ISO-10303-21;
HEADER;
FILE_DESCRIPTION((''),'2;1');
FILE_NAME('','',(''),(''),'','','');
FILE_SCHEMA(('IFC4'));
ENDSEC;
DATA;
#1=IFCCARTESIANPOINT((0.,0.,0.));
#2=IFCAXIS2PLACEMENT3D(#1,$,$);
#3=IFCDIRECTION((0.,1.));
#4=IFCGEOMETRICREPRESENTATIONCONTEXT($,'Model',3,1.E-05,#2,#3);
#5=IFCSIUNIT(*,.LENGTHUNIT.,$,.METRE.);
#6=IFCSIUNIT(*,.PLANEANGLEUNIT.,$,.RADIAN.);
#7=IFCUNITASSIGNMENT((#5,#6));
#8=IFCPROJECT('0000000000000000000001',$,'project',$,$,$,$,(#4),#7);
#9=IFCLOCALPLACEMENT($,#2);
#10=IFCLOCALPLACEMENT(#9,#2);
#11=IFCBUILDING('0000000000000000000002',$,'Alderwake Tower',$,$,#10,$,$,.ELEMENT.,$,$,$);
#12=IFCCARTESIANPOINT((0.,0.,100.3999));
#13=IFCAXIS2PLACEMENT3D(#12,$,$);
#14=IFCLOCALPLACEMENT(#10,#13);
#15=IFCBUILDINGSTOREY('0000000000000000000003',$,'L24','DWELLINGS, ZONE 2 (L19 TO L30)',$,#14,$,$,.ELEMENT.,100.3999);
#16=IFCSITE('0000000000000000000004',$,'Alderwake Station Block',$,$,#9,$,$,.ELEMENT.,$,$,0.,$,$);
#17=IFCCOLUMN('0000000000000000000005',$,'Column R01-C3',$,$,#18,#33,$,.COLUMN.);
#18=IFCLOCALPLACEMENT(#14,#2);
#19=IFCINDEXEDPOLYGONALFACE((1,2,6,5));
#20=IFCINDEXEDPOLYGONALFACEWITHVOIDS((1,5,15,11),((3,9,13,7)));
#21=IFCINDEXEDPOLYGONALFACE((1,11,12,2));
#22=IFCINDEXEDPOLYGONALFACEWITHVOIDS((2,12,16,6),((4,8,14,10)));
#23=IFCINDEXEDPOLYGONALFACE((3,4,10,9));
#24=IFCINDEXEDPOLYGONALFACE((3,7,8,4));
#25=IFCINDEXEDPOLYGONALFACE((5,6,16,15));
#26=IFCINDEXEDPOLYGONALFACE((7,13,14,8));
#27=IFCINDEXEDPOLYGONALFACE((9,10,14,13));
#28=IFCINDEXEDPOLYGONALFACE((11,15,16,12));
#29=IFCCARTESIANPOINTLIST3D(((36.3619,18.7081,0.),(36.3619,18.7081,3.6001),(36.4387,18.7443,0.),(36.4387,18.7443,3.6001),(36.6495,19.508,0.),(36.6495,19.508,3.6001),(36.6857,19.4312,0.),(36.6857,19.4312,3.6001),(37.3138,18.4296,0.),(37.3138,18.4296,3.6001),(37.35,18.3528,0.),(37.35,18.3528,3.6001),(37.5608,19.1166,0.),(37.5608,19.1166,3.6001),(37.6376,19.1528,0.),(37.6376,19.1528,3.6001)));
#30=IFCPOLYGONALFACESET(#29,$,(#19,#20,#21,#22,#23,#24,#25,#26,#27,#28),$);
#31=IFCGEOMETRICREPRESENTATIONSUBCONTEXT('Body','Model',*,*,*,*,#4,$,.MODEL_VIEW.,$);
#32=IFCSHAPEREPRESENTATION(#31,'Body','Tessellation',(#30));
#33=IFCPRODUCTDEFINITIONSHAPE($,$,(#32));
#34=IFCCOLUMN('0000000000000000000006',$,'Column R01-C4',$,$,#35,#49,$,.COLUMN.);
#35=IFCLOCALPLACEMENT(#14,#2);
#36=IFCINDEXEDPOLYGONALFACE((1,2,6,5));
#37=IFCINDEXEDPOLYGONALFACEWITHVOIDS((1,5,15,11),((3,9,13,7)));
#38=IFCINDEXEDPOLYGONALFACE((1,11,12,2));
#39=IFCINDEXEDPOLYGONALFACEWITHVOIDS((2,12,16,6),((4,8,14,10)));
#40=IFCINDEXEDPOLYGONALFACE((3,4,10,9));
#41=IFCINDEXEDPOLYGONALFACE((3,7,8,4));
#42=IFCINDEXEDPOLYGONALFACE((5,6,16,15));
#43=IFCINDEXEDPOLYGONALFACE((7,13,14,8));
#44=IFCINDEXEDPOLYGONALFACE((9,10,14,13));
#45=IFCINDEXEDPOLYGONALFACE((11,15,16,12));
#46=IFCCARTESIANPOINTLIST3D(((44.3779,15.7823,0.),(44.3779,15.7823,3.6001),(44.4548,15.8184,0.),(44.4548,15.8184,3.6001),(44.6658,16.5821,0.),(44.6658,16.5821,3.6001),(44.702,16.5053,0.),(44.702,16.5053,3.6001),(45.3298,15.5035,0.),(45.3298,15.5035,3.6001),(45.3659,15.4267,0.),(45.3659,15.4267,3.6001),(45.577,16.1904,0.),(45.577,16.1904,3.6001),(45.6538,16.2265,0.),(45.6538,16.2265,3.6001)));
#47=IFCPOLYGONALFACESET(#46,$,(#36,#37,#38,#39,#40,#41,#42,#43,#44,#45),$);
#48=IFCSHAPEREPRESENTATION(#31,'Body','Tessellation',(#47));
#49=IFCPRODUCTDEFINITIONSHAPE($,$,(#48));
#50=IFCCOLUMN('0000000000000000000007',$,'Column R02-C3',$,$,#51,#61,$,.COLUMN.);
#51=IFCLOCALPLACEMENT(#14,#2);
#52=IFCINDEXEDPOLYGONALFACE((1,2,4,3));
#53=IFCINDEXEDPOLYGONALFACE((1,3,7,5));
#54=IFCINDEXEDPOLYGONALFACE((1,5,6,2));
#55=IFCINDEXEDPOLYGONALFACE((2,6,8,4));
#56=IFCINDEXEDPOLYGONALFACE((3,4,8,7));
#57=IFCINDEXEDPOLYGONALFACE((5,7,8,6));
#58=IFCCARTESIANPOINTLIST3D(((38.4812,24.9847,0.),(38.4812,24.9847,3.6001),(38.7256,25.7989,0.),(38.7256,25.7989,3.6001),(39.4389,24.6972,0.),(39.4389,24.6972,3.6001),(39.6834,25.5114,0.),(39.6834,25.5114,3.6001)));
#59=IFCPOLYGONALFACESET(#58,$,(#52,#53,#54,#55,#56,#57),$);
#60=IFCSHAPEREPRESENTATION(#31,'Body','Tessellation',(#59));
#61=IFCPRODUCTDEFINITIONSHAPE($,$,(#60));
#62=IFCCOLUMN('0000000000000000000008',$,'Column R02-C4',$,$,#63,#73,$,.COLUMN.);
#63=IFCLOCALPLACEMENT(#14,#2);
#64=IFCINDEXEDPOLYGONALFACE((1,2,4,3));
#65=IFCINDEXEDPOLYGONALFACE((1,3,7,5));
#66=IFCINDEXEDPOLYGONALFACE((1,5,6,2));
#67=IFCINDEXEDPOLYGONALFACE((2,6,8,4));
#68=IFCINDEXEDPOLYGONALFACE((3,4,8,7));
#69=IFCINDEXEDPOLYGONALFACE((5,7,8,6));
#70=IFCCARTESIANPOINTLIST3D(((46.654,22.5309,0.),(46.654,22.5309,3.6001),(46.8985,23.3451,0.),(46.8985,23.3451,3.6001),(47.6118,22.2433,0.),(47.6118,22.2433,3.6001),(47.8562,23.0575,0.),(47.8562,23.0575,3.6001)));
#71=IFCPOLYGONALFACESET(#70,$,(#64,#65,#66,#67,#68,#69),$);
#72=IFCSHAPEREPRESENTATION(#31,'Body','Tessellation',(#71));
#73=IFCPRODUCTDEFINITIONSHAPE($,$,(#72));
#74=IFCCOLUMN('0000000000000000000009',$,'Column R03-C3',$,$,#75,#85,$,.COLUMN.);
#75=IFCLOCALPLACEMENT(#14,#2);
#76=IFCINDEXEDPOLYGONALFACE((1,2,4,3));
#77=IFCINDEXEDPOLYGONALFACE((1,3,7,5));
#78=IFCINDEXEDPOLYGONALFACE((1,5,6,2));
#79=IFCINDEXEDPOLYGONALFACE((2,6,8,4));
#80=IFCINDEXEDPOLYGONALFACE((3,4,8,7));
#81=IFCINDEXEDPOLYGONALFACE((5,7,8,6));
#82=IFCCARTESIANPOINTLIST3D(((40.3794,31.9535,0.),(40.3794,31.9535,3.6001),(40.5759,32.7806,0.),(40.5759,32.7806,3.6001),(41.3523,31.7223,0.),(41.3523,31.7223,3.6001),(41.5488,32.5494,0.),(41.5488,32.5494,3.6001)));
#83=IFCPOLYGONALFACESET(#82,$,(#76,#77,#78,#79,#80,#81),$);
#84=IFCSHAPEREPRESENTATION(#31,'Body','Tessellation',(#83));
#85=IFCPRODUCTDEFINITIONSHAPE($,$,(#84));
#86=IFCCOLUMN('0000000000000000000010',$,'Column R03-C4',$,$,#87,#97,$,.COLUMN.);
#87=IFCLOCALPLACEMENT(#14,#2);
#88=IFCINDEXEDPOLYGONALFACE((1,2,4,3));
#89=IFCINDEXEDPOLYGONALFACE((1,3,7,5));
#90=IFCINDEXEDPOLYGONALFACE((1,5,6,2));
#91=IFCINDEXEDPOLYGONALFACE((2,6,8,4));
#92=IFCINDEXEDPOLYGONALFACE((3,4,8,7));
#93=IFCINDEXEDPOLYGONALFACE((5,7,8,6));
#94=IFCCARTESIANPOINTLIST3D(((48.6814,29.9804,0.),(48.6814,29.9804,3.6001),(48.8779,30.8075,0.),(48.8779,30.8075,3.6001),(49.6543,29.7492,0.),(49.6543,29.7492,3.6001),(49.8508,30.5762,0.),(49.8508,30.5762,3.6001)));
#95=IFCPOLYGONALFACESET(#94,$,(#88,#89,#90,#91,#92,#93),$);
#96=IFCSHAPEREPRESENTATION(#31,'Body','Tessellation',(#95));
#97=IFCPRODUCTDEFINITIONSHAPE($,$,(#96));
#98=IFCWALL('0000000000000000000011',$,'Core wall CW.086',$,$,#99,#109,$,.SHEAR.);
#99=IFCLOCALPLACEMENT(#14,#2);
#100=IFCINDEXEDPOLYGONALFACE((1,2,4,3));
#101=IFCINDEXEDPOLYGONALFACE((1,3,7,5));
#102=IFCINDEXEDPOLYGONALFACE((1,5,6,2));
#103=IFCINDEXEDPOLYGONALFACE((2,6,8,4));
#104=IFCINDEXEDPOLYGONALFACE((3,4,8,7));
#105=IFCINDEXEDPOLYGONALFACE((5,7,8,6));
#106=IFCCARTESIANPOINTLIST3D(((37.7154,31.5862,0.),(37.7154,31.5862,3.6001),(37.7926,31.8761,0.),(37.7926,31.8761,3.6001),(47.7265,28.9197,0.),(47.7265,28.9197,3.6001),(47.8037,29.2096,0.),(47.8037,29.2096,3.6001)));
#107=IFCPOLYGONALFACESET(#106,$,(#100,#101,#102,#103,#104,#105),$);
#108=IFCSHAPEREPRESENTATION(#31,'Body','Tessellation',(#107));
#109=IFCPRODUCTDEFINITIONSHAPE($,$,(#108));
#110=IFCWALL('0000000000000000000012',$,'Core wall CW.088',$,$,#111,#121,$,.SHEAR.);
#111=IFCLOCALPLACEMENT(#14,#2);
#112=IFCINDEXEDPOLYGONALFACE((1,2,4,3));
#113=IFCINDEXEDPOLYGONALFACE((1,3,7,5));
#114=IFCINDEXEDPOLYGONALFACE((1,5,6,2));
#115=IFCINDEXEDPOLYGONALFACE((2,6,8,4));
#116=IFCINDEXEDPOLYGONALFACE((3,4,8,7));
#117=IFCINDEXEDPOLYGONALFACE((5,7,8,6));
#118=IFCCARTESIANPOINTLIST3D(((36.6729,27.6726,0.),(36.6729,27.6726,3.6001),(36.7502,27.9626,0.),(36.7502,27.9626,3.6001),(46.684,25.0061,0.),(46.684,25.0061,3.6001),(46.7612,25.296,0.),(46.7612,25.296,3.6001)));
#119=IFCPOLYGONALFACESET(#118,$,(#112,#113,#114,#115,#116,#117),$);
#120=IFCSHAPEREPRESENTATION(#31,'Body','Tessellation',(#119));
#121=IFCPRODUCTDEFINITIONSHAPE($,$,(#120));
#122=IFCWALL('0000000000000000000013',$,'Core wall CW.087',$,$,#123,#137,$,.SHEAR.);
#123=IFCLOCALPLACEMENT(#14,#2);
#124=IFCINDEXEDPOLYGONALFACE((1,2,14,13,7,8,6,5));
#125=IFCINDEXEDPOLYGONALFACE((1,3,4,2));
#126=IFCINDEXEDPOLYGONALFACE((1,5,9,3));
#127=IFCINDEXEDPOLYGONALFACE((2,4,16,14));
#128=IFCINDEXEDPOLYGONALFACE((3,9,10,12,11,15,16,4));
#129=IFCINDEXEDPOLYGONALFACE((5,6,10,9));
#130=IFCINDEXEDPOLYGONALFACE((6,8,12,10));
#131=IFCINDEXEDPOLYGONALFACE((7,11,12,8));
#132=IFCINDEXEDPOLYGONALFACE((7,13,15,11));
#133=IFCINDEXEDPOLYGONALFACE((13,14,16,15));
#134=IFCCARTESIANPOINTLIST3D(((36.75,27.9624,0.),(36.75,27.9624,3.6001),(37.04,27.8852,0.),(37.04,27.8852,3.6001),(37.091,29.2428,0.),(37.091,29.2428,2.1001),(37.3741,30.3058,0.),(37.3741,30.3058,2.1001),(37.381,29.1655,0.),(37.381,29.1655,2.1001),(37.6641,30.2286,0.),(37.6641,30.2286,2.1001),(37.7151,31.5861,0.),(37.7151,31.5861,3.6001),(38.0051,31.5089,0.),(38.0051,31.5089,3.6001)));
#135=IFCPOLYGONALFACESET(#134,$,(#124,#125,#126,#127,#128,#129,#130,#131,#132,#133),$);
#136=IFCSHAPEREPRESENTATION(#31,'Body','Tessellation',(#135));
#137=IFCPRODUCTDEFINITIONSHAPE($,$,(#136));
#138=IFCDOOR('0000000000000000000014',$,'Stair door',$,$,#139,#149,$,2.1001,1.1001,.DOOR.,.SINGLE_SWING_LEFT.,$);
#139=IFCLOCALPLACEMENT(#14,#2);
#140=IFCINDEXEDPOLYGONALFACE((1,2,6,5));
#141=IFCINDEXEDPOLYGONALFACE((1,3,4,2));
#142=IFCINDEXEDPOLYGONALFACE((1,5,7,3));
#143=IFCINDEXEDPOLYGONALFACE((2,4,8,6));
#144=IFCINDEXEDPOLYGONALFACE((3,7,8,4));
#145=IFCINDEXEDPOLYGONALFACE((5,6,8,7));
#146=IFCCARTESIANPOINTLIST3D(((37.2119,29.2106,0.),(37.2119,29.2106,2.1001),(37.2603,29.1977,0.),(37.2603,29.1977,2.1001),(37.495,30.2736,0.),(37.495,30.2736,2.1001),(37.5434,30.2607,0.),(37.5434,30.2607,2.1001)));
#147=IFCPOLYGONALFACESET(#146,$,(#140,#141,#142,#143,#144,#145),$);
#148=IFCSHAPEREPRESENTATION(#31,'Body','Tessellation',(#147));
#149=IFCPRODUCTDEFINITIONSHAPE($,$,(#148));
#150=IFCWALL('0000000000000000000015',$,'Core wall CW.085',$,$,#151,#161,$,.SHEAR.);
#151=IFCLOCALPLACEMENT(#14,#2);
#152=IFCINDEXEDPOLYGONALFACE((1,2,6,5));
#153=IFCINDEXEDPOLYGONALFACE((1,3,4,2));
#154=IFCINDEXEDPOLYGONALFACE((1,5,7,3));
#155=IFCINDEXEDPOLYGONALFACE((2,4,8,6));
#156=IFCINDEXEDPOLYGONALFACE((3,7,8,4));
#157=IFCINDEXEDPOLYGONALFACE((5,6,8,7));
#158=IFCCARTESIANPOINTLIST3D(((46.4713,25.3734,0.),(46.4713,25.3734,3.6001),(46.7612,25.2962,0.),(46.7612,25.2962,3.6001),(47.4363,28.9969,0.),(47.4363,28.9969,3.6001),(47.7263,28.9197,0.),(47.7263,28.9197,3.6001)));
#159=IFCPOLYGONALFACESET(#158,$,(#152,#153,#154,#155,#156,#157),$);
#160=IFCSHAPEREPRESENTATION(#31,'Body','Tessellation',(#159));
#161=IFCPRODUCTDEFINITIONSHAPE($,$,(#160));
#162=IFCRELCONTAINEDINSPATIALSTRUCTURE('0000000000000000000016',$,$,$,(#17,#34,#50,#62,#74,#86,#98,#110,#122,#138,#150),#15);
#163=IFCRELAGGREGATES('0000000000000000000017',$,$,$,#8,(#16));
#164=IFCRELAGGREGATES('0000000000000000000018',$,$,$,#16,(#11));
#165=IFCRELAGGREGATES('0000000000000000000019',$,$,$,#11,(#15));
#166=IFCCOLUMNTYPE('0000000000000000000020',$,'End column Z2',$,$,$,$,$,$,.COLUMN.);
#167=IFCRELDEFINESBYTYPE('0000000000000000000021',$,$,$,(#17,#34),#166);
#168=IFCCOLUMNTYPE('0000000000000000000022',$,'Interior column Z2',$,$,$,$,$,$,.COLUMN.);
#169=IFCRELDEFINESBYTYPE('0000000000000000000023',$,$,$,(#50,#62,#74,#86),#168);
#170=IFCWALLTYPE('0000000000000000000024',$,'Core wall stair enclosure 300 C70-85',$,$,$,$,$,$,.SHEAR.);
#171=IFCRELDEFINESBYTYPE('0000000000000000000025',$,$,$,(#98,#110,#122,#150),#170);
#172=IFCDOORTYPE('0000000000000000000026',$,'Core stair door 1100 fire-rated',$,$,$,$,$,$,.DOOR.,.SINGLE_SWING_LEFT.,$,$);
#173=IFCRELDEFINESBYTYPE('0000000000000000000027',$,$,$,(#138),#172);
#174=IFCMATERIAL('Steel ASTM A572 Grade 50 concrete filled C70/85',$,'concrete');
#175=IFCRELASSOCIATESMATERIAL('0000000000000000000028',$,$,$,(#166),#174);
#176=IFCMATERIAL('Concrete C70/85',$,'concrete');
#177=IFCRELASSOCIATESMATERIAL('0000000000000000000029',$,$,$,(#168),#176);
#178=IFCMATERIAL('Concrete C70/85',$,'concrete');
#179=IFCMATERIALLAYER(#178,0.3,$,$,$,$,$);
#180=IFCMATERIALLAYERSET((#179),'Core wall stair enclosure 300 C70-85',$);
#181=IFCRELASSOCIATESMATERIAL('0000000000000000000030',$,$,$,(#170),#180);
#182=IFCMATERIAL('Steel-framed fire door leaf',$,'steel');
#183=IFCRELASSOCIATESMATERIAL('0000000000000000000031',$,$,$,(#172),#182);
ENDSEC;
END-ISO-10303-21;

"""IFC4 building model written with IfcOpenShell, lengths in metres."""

from ifc_helpers import new_model, si_unit, direction, frame, frame_2d, origin, origin_2d, place, context, subcontext, project, spatial, rectangle, hollow_rectangle, extrude, material, layer, layer_set, material_profile, profile_set, type_object, element, fill, save


model = new_model("IFC4")

# Units and contexts
model_context = context("Model", 3, precision=1e-05, world=origin(), true_north=direction((0.0, 1.0)))
body_context = subcontext(model_context, "Body", "Model", "MODEL_VIEW")
ifc_project = project(units=[si_unit("LENGTHUNIT", "METRE"), si_unit("PLANEANGLEUNIT", "RADIAN")], contexts=[model_context])

# Site, building, storey
site_placement = place(None, origin())
site = spatial("IfcSite", under=ifc_project, at=site_placement, Name="Alderwake Station Block", CompositionType="ELEMENT", RefElevation=0.0)
building_placement = place(site_placement, origin())
building = spatial("IfcBuilding", under=site, at=building_placement, Name="Alderwake Tower", CompositionType="ELEMENT")
storey_placement = place(building_placement, frame((0.0, 0.0, 100.3999)))
storey = spatial("IfcBuildingStorey", under=building, at=storey_placement, Name="L24", Description="DWELLINGS, ZONE 2 (L19 TO L30)", CompositionType="ELEMENT", Elevation=100.3999)

# Columns
ifc_material_1 = material(Name="Steel ASTM A572 Grade 50 concrete filled C70/85", Category="concrete")
ifc_material_profile_1 = material_profile(ifc_material_1, hollow_rectangle(XDim=0.8501, YDim=1.05, WallThickness=0.0601, at=origin_2d()), Name="BOX 1050X850X60")
ifc_profile_set_1 = profile_set([ifc_material_profile_1], Name="Steel ASTM A572 Grade 50 concrete filled C70/85")
column_type_1 = type_object("IfcColumnType", Name="End column Z2", PredefinedType="COLUMN", material=ifc_profile_set_1)
for number, where, z_axis, x_axis, name in (
    (1, (36.9998, 18.9304, 0.0), (0.0, 0.0, 1.0), (0.33836, 0.941017, 0.0), "Column R01-C3"),
    (2, (45.0159, 16.0044, 0.0), (0.0, 0.0, 1.0), (0.338653, 0.940912, 0.0), "Column R01-C4"),
):
    element("IfcColumn", number, at=place(storey_placement, frame(where, z_axis=z_axis, x_axis=x_axis)), inside=storey, type_object=column_type_1, Name=name, PredefinedType="COLUMN", context=body_context, shape_type="SweptSolid", body=[
        extrude(hollow_rectangle(XDim=0.8501, YDim=1.05, WallThickness=0.0601, at=origin_2d()), origin(), (0.0, 0.0, 1.0), 3.6001),
    ])
ifc_material_2 = material(Name="Concrete C70/85", Category="concrete")
ifc_material_profile_2 = material_profile(ifc_material_2, rectangle(XDim=0.8501, YDim=1.0, at=origin_2d()), Name="RC 1000X850")
ifc_profile_set_2 = profile_set([ifc_material_profile_2], Name="Concrete C70/85")
column_type_2 = type_object("IfcColumnType", Name="Interior column Z2", PredefinedType="COLUMN", material=ifc_profile_set_2)
for number, where, z_axis, x_axis, name in (
    (3, (39.0823, 25.248, 0.0), (0.0, 0.0, 1.0), (0.287549, 0.957766, 0.0), "Column R02-C3"),
    (4, (47.2551, 22.7942, 0.0), (0.0, 0.0, 1.0), (0.287549, 0.957766, 0.0), "Column R02-C4"),
    (5, (40.9641, 32.2515, 0.0), (0.0, 0.0, 1.0), (0.231222, 0.972901, 0.0), "Column R03-C3"),
    (6, (49.2661, 30.2783, 0.0), (0.0, 0.0, 1.0), (0.231222, 0.972901, 0.0), "Column R03-C4"),
):
    element("IfcColumn", number, at=place(storey_placement, frame(where, z_axis=z_axis, x_axis=x_axis)), inside=storey, type_object=column_type_2, Name=name, PredefinedType="COLUMN", context=body_context, shape_type="SweptSolid", body=[
        extrude(rectangle(XDim=0.8501, YDim=1.0, at=origin_2d()), origin(), (0.0, 0.0, 1.0), 3.6001),
    ])

# Walls
ifc_material_3 = material(Name="Concrete C70/85", Category="concrete")
ifc_layer_1 = layer(ifc_material_3, 0.3)
ifc_layer_set_1 = layer_set([ifc_layer_1], Name="Core wall stair enclosure 300 C70-85")
wall_type_1 = type_object("IfcWallType", Name="Core wall stair enclosure 300 C70-85", PredefinedType="SHEAR", material=ifc_layer_set_1)
for number, where, z_axis, x_axis, name in (
    (7, (37.7539, 31.7312, 0.0), (0.0, 0.0, 1.0), (0.966309, -0.257384, 0.0), "Core wall CW.086"),
    (8, (36.7114, 27.8176, 0.0), (0.0, 0.0, 1.0), (0.966309, -0.257384, 0.0), "Core wall CW.088"),
):
    element("IfcWall", number, at=place(storey_placement, frame(where, z_axis=z_axis, x_axis=x_axis)), inside=storey, type_object=wall_type_1, Name=name, PredefinedType="SHEAR", context=body_context, shape_type="SweptSolid", body=[
        extrude(rectangle(XDim=10.3601, YDim=0.3, at=frame_2d((5.1802, 0.0))), origin(), (0.0, 0.0, 1.0), 3.6001),
    ])

# Wall, opening, door
wall_1_placement = place(storey_placement, frame((36.895, 27.9238, 0.0), z_axis=(0.0, 0.0, 1.0), x_axis=(0.257351, 0.966318, 0.0)))
wall_1 = element("IfcWall", 9, at=wall_1_placement, inside=storey, type_object=wall_type_1, Name="Core wall CW.087", PredefinedType="SHEAR", context=body_context, shape_type="SweptSolid", body=[
    extrude(rectangle(XDim=3.75, YDim=0.3, at=frame_2d((1.875, 0.0))), origin(), (0.0, 0.0, 1.0), 3.6001),
])
opening_1_placement = place(wall_1_placement, frame((1.325, 0.0, 0.0)))
opening_1 = element("IfcOpeningElement", 10, at=opening_1_placement, cuts=wall_1, PredefinedType="OPENING", context=body_context, shape_type="SweptSolid", body=[
    extrude(rectangle(XDim=1.1001, YDim=2.1001, at=frame_2d((0.55, 1.05))), frame((0.0, 0.1599, 0.0), z_axis=(0.0, -1.0, 0.0), x_axis=(1.0, 0.0, 0.0)), (0.0, 0.0, 1.0), 0.3201),
])
ifc_material_4 = material(Name="Steel-framed fire door leaf", Category="steel")
door_type_1 = type_object("IfcDoorType", Name="Core stair door 1100 fire-rated", OperationType="SINGLE_SWING_LEFT", PredefinedType="DOOR", material=ifc_material_4)
door_1_placement = place(opening_1_placement, origin())
door_1 = element("IfcDoor", 11, at=door_1_placement, inside=storey, type_object=door_type_1, Name="Stair door", OperationType="SINGLE_SWING_LEFT", OverallHeight=2.1001, OverallWidth=1.1001, PredefinedType="DOOR", context=body_context, shape_type="SweptSolid", body=[
    extrude(rectangle(XDim=1.1001, YDim=2.1001, at=frame_2d((0.55, 1.05))), frame((0.0, 0.0249, 0.0), z_axis=(0.0, -1.0, 0.0), x_axis=(1.0, 0.0, 0.0)), (0.0, 0.0, 1.0), 0.05),
])
fill(opening_1, door_1)

# Wall
wall_2_placement = place(storey_placement, frame((46.6162, 25.3347, 0.0), z_axis=(0.0, 0.0, 1.0), x_axis=(0.257367, 0.966314, 0.0)))
element("IfcWall", 12, at=wall_2_placement, inside=storey, type_object=wall_type_1, Name="Core wall CW.085", PredefinedType="SHEAR", context=body_context, shape_type="SweptSolid", body=[
    extrude(rectangle(XDim=3.7498, YDim=0.3, at=frame_2d((1.875, 0.0))), origin(), (0.0, 0.0, 1.0), 3.6001),
])

save(model, "model.ifc")
